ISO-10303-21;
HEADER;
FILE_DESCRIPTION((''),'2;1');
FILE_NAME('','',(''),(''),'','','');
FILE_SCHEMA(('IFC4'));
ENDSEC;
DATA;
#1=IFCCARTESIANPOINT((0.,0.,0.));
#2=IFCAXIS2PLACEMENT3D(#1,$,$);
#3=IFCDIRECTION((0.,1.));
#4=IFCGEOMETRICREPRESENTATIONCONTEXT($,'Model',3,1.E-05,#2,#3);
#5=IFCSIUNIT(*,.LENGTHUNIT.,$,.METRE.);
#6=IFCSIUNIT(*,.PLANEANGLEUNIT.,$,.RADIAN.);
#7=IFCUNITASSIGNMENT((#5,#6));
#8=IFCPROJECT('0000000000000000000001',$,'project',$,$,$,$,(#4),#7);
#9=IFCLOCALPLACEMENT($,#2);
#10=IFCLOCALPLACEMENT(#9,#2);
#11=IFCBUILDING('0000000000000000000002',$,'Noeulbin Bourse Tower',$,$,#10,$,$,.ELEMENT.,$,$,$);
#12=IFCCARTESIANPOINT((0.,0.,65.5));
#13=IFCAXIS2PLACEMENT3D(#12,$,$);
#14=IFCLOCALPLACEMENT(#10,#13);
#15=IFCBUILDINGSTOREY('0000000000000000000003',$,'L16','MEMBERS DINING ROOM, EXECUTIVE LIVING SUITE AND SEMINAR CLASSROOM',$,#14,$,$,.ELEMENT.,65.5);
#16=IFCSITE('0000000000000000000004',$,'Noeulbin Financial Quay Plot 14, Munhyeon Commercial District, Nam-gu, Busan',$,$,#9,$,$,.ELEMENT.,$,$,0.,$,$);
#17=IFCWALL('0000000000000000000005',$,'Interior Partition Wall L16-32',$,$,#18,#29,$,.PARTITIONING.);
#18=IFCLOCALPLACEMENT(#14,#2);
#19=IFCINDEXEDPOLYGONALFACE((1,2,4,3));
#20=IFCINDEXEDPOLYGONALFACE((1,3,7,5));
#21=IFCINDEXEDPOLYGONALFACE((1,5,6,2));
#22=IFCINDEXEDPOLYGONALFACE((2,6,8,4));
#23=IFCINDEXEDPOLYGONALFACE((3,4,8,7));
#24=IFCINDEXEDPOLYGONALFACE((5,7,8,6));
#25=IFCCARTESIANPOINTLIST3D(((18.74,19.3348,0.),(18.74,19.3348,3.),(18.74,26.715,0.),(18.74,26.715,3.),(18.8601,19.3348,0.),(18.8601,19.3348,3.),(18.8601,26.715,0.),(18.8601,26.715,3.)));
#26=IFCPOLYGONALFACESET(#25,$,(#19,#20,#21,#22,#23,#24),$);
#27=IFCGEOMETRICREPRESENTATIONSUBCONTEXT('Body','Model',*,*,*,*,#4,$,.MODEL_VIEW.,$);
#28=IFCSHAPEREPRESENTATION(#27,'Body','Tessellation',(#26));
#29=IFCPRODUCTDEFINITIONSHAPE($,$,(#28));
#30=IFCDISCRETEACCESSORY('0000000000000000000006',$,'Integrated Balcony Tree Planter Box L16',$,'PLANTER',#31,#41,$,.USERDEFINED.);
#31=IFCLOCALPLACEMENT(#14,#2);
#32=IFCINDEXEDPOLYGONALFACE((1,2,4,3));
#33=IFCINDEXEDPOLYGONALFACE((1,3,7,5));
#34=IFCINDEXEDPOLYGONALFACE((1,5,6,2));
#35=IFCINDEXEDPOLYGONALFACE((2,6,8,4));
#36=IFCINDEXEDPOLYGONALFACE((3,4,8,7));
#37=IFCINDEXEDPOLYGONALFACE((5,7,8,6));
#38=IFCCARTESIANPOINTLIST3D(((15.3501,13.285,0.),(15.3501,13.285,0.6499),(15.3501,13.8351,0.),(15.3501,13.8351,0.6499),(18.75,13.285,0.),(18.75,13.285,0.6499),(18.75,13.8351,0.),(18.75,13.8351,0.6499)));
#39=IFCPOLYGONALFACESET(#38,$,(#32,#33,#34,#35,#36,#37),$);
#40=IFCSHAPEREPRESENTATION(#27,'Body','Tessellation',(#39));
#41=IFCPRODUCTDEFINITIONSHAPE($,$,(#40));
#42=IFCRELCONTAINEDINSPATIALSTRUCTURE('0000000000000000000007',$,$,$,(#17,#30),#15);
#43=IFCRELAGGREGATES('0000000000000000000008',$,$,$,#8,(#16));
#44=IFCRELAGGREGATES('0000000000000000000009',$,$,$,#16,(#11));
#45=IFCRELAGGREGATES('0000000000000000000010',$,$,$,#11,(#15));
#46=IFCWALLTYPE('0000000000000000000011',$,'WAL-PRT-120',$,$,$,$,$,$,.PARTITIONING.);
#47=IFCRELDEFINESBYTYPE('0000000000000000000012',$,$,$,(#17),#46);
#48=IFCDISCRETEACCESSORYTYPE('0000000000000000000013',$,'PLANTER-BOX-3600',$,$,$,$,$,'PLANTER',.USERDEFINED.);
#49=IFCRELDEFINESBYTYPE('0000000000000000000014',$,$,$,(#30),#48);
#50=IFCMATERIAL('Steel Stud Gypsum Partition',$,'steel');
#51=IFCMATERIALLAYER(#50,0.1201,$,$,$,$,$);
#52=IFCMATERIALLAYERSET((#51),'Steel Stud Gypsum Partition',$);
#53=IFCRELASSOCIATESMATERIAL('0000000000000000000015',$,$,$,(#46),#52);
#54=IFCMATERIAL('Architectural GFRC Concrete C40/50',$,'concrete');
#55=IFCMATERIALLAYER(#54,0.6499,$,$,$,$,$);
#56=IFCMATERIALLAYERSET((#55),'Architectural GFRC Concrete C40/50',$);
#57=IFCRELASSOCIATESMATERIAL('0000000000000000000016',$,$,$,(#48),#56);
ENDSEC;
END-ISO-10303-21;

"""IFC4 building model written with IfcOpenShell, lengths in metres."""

from ifc_helpers import new_model, si_unit, direction, frame, frame_2d, origin, origin_2d, place, context, subcontext, project, spatial, rectangle, extrude, material, layer, layer_set, type_object, element, save


model = new_model("IFC4")

# Units and contexts
model_context = context("Model", 3, precision=1e-05, world=origin(), true_north=direction((0.0, 1.0)))
body_context = subcontext(model_context, "Body", "Model", "MODEL_VIEW")
ifc_project = project(units=[si_unit("LENGTHUNIT", "METRE"), si_unit("PLANEANGLEUNIT", "RADIAN")], contexts=[model_context])

# Site, building, storey
site_placement = place(None, origin())
site = spatial("IfcSite", under=ifc_project, at=site_placement, Name="Noeulbin Financial Quay Plot 14, Munhyeon Commercial District, Nam-gu, Busan", CompositionType="ELEMENT", RefElevation=0.0)
building_placement = place(site_placement, origin())
building = spatial("IfcBuilding", under=site, at=building_placement, Name="Noeulbin Bourse Tower", CompositionType="ELEMENT")
storey_placement = place(building_placement, frame((0.0, 0.0, 65.5)))
storey = spatial("IfcBuildingStorey", under=building, at=storey_placement, Name="L16", Description="MEMBERS DINING ROOM, EXECUTIVE LIVING SUITE AND SEMINAR CLASSROOM", CompositionType="ELEMENT", Elevation=65.5)

# Wall
ifc_material_1 = material(Name="Steel Stud Gypsum Partition", Category="steel")
ifc_layer_1 = layer(ifc_material_1, 0.1201)
ifc_layer_set_1 = layer_set([ifc_layer_1], Name="Steel Stud Gypsum Partition")
wall_type = type_object("IfcWallType", Name="WAL-PRT-120", PredefinedType="PARTITIONING", material=ifc_layer_set_1)
wall_1_placement = place(storey_placement, frame((18.8, 19.335, 0.0), z_axis=(0.0, 0.0, 1.0), x_axis=(0.0, 1.0, 0.0)))
element("IfcWall", 1, at=wall_1_placement, inside=storey, type_object=wall_type, Name="Interior Partition Wall L16-32", PredefinedType="PARTITIONING", context=body_context, shape_type="SweptSolid", body=[
    extrude(rectangle(XDim=7.3801, YDim=0.1201, at=frame_2d((3.6899, 0.0))), origin(), (0.0, 0.0, 1.0), 3.0),
])

# Discrete accessory
ifc_material_2 = material(Name="Architectural GFRC Concrete C40/50", Category="concrete")
ifc_layer_2 = layer(ifc_material_2, 0.6499)
ifc_layer_set_2 = layer_set([ifc_layer_2], Name="Architectural GFRC Concrete C40/50")
discrete_accessory_type = type_object("IfcDiscreteAccessoryType", Name="PLANTER-BOX-3600", ElementType="PLANTER", PredefinedType="USERDEFINED", material=ifc_layer_set_2)
discrete_accessory_placement = place(storey_placement, frame((17.05, 13.5601, 0.0), z_axis=(0.0, 0.0, 1.0), x_axis=(1.0, 0.0, 0.0)))
element("IfcDiscreteAccessory", 2, at=discrete_accessory_placement, inside=storey, type_object=discrete_accessory_type, Name="Integrated Balcony Tree Planter Box L16", ObjectType="PLANTER", PredefinedType="USERDEFINED", context=body_context, shape_type="SweptSolid", body=[
    extrude(rectangle(XDim=3.3999, YDim=0.55, at=origin_2d()), origin(), (0.0, 0.0, 1.0), 0.6499),
])

save(model, "model.ifc")
